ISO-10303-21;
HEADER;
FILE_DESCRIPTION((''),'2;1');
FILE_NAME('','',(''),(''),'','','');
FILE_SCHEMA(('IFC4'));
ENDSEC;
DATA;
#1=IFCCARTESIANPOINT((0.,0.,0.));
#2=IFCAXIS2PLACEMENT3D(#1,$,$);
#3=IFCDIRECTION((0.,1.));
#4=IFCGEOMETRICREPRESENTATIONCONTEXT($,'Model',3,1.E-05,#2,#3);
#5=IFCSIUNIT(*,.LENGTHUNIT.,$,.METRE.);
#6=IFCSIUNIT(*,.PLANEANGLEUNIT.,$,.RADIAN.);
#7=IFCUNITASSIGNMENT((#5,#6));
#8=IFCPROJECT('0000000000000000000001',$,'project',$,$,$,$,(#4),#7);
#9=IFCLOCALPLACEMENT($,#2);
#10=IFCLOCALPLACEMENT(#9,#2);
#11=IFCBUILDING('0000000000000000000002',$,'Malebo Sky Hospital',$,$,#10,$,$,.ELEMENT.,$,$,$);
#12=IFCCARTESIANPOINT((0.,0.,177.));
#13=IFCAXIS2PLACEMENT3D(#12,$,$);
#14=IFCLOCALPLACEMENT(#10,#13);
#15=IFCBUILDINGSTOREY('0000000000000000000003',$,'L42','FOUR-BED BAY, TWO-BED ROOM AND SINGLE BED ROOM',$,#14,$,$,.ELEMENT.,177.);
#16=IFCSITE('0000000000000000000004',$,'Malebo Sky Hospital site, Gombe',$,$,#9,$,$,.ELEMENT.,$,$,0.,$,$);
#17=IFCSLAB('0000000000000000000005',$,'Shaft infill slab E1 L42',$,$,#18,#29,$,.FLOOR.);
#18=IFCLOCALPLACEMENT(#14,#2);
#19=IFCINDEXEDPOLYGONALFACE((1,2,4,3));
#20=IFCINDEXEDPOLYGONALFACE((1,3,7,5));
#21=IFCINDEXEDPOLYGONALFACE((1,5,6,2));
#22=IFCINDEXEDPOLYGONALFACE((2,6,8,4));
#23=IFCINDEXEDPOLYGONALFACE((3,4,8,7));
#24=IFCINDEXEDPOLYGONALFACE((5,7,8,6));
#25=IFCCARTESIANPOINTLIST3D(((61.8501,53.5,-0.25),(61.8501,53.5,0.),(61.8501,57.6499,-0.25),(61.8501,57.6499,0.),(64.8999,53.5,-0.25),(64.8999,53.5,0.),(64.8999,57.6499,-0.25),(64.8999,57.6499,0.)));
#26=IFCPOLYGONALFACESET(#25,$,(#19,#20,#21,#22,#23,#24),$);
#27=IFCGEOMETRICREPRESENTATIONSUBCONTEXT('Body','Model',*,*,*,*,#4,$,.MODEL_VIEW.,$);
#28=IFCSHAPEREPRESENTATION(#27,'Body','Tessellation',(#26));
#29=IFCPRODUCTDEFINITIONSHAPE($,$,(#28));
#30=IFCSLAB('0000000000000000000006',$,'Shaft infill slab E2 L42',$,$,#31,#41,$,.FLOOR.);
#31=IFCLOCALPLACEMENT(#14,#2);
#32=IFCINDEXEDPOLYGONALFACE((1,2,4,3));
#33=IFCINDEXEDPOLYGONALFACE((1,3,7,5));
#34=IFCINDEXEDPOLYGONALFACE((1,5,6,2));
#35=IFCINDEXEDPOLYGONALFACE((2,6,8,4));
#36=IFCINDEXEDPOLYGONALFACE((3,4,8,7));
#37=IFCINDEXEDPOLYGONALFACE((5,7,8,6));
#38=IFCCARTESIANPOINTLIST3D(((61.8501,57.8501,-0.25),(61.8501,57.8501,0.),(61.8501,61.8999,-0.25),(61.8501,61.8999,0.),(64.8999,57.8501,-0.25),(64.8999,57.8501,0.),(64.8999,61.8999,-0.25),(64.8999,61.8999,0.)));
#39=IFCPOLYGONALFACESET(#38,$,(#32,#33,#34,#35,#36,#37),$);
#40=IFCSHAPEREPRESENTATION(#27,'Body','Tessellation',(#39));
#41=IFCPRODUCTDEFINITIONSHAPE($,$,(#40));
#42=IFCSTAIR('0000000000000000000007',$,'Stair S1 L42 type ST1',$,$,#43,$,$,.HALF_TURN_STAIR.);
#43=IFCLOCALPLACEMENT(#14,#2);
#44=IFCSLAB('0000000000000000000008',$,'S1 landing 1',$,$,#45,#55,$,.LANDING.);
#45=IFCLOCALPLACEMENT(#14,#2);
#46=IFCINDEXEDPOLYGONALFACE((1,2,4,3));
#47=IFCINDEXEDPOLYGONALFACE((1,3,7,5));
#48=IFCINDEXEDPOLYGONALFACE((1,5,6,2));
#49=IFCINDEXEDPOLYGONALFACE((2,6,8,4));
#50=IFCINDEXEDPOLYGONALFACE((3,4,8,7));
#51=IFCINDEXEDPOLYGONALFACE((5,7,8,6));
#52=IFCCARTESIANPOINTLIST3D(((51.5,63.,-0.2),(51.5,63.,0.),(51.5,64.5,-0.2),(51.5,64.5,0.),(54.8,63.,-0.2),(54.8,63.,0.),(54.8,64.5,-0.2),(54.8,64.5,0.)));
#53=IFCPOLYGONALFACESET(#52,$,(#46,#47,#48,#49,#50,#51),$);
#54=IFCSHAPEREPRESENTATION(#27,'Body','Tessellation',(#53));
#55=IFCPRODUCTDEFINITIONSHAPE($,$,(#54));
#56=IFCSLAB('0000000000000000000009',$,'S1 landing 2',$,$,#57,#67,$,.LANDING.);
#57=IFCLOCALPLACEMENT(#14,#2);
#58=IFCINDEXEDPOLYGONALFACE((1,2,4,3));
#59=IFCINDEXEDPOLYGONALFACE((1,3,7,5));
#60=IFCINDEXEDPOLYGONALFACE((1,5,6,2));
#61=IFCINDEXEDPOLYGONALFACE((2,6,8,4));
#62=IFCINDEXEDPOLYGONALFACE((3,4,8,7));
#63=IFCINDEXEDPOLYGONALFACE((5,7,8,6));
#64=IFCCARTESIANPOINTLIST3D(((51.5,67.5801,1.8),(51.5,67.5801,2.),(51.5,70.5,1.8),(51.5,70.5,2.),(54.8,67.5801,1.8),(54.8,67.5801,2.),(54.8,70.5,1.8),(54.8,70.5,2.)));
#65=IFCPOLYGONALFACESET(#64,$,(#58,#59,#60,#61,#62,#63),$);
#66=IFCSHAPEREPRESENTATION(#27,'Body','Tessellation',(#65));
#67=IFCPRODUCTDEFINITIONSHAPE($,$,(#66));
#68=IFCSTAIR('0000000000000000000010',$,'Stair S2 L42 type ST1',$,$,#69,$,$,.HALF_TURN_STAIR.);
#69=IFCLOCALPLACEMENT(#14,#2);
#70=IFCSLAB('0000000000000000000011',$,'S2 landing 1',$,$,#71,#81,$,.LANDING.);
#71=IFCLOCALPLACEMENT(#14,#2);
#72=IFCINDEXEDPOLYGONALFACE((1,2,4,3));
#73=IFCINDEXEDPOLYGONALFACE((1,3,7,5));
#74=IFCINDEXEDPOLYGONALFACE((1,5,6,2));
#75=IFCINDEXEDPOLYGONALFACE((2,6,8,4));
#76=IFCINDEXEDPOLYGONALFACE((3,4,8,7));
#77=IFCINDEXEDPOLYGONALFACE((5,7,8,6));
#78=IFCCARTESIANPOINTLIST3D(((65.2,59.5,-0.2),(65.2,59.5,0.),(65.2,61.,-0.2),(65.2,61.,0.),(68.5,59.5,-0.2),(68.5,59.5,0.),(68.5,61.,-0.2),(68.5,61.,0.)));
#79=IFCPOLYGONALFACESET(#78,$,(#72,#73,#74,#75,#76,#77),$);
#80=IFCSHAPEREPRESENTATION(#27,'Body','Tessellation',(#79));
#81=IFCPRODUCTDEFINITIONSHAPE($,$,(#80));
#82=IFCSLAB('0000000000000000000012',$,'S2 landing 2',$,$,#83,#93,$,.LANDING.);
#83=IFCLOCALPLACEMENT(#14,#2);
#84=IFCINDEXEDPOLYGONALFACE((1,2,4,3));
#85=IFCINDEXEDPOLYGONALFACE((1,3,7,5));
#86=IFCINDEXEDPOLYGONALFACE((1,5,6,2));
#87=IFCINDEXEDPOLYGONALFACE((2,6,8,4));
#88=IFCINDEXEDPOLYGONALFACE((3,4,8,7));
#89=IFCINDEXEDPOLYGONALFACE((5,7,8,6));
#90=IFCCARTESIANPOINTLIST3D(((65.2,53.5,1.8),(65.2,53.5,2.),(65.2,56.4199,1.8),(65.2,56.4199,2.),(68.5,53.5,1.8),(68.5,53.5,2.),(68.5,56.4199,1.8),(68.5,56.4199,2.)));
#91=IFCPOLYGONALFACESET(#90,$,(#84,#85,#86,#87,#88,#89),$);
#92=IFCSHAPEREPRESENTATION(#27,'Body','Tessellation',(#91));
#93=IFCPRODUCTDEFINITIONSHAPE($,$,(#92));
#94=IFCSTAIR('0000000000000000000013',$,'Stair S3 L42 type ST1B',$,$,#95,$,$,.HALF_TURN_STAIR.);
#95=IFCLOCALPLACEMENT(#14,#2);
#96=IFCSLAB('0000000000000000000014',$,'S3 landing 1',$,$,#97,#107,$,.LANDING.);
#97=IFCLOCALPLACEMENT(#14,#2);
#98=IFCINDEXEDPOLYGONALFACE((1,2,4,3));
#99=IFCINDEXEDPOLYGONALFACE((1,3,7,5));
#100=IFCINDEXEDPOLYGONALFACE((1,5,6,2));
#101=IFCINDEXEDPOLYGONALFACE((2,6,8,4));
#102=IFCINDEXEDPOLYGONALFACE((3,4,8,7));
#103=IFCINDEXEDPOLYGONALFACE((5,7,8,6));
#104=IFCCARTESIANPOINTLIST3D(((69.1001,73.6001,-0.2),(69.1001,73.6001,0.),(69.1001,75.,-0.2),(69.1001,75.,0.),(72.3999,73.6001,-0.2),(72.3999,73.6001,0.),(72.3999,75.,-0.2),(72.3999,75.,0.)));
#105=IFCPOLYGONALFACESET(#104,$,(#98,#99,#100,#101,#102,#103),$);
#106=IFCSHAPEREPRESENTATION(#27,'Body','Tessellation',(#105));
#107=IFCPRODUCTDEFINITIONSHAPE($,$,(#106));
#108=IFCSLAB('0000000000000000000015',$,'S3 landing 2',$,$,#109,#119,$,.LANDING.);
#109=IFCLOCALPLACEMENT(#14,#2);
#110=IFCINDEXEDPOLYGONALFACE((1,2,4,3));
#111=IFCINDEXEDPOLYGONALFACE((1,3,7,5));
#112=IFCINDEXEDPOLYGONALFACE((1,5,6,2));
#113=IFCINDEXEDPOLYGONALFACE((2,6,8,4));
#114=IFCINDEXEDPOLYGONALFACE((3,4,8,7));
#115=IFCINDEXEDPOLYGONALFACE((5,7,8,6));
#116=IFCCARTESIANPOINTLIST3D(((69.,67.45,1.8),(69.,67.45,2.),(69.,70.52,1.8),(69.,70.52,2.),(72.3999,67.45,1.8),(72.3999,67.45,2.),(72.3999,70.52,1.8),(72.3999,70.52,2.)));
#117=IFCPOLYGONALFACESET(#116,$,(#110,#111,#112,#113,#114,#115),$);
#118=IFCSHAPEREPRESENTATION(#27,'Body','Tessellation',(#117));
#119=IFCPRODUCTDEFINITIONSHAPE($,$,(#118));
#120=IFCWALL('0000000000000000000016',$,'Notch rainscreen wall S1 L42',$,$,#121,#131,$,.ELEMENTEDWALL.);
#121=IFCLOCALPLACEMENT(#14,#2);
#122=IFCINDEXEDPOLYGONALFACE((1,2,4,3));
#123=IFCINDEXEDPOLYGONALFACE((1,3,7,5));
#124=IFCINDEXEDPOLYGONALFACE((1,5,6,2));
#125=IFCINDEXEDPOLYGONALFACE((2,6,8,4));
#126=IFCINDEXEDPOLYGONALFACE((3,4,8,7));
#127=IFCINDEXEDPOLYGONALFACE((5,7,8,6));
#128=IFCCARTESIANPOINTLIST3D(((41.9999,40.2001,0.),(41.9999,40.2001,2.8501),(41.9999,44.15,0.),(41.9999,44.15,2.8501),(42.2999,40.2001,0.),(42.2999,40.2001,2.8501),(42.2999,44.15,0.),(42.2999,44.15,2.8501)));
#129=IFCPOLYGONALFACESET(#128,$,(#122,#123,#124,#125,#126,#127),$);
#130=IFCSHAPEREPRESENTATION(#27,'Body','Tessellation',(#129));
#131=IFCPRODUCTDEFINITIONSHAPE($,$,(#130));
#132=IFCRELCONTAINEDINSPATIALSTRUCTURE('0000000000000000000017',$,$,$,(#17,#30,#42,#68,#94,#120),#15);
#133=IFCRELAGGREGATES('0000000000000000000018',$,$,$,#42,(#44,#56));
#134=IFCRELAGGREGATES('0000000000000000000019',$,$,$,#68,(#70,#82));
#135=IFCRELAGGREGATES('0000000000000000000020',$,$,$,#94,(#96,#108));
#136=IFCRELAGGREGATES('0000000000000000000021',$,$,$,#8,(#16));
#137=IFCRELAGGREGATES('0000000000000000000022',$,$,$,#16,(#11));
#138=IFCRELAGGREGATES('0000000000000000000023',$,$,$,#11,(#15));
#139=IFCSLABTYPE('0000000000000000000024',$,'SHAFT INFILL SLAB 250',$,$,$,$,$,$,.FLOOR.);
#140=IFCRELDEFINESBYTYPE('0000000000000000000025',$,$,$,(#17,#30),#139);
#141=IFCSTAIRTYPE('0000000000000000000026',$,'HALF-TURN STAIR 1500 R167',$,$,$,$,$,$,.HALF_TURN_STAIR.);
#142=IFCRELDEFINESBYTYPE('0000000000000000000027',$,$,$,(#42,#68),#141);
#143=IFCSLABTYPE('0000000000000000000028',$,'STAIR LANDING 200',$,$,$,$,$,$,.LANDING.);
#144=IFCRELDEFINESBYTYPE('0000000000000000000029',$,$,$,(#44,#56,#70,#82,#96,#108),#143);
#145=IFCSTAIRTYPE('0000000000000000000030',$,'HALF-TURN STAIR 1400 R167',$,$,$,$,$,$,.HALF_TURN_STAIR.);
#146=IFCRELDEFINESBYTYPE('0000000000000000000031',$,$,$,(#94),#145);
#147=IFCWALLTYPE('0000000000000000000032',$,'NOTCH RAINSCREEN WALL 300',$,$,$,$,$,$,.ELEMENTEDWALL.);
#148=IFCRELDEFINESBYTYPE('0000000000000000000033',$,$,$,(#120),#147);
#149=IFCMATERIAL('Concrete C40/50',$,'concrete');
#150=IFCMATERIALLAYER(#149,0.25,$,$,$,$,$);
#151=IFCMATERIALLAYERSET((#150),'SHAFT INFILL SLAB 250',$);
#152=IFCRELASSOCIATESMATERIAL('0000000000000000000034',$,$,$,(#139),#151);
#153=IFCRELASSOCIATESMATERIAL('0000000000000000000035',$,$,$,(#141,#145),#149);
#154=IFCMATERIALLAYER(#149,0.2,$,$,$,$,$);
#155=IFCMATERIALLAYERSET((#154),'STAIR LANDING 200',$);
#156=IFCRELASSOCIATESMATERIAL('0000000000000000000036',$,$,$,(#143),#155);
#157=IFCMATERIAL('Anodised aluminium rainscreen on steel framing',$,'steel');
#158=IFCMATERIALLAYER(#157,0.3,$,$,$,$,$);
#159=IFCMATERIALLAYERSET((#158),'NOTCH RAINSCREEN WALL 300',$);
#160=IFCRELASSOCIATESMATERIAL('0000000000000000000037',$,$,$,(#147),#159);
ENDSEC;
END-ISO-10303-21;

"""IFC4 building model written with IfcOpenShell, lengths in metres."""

from ifc_helpers import new_model, si_unit, direction, frame, frame_2d, origin, place, context, subcontext, project, spatial, polyline, rectangle, outline, extrude, material, layer, layer_set, type_object, element, aggregate, save


model = new_model("IFC4")

# Units and contexts
model_context = context("Model", 3, precision=1e-05, world=origin(), true_north=direction((0.0, 1.0)))
body_context = subcontext(model_context, "Body", "Model", "MODEL_VIEW")
ifc_project = project(units=[si_unit("LENGTHUNIT", "METRE"), si_unit("PLANEANGLEUNIT", "RADIAN")], contexts=[model_context])

# Site, building, storey
site_placement = place(None, origin())
site = spatial("IfcSite", under=ifc_project, at=site_placement, Name="Malebo Sky Hospital site, Gombe", CompositionType="ELEMENT", RefElevation=0.0)
building_placement = place(site_placement, origin())
building = spatial("IfcBuilding", under=site, at=building_placement, Name="Malebo Sky Hospital", CompositionType="ELEMENT")
storey_placement = place(building_placement, frame((0.0, 0.0, 177.0)))
storey = spatial("IfcBuildingStorey", under=building, at=storey_placement, Name="L42", Description="FOUR-BED BAY, TWO-BED ROOM AND SINGLE BED ROOM", CompositionType="ELEMENT", Elevation=177.0)

# Slabs
ifc_material_1 = material(Name="Concrete C40/50", Category="concrete")
ifc_layer_1 = layer(ifc_material_1, 0.25)
ifc_layer_set_1 = layer_set([ifc_layer_1], Name="SHAFT INFILL SLAB 250")
slab_type_1 = type_object("IfcSlabType", Name="SHAFT INFILL SLAB 250", PredefinedType="FLOOR", material=ifc_layer_set_1)
slab_1_placement = place(storey_placement, frame((0.0, 0.0, -0.25)))
element("IfcSlab", 1, at=slab_1_placement, inside=storey, type_object=slab_type_1, Name="Shaft infill slab E1 L42", PredefinedType="FLOOR", context=body_context, shape_type="SweptSolid", body=[
    extrude(outline(polyline([(61.8501, 53.5), (64.8999, 53.5), (64.8999, 57.6499), (61.8501, 57.6499), (61.8501, 53.5)])), origin(), (0.0, 0.0, 1.0), 0.25),
])
slab_2_placement = place(storey_placement, frame((0.0, 0.0, -0.25)))
element("IfcSlab", 2, at=slab_2_placement, inside=storey, type_object=slab_type_1, Name="Shaft infill slab E2 L42", PredefinedType="FLOOR", context=body_context, shape_type="SweptSolid", body=[
    extrude(outline(polyline([(61.8501, 57.8501), (64.8999, 57.8501), (64.8999, 61.8999), (61.8501, 61.8999), (61.8501, 57.8501)])), origin(), (0.0, 0.0, 1.0), 0.25),
])

# Stairs, slabs
stair_type_1 = type_object("IfcStairType", Name="HALF-TURN STAIR 1500 R167", PredefinedType="HALF_TURN_STAIR", material=ifc_material_1)
stair_1_placement = place(storey_placement, origin())
stair_1 = element("IfcStair", 3, at=stair_1_placement, inside=storey, type_object=stair_type_1, Name="Stair S1 L42 type ST1", PredefinedType="HALF_TURN_STAIR")
ifc_layer_2 = layer(ifc_material_1, 0.2)
ifc_layer_set_2 = layer_set([ifc_layer_2], Name="STAIR LANDING 200")
slab_type_2 = type_object("IfcSlabType", Name="STAIR LANDING 200", PredefinedType="LANDING", material=ifc_layer_set_2)
slab_3_placement = place(storey_placement, frame((0.0, 0.0, -0.2)))
slab_3 = element("IfcSlab", 4, at=slab_3_placement, type_object=slab_type_2, Name="S1 landing 1", PredefinedType="LANDING", context=body_context, shape_type="SweptSolid", body=[
    extrude(outline(polyline([(51.5, 63.0), (54.8, 63.0), (54.8, 64.5), (51.5, 64.5), (51.5, 63.0)])), origin(), (0.0, 0.0, 1.0), 0.2),
])
slab_4_placement = place(storey_placement, frame((0.0, 0.0, 1.8)))
slab_4 = element("IfcSlab", 5, at=slab_4_placement, type_object=slab_type_2, Name="S1 landing 2", PredefinedType="LANDING", context=body_context, shape_type="SweptSolid", body=[
    extrude(outline(polyline([(51.5, 67.5801), (54.8, 67.5801), (54.8, 70.5), (51.5, 70.5), (51.5, 67.5801)])), origin(), (0.0, 0.0, 1.0), 0.2),
])
aggregate(stair_1, [slab_3, slab_4])
stair_2_placement = place(storey_placement, origin())
stair_2 = element("IfcStair", 6, at=stair_2_placement, inside=storey, type_object=stair_type_1, Name="Stair S2 L42 type ST1", PredefinedType="HALF_TURN_STAIR")
slab_5_placement = place(storey_placement, frame((0.0, 0.0, -0.2)))
slab_5 = element("IfcSlab", 7, at=slab_5_placement, type_object=slab_type_2, Name="S2 landing 1", PredefinedType="LANDING", context=body_context, shape_type="SweptSolid", body=[
    extrude(outline(polyline([(65.2, 59.5), (68.5, 59.5), (68.5, 61.0), (65.2, 61.0), (65.2, 59.5)])), origin(), (0.0, 0.0, 1.0), 0.2),
])
slab_6_placement = place(storey_placement, frame((0.0, 0.0, 1.8)))
slab_6 = element("IfcSlab", 8, at=slab_6_placement, type_object=slab_type_2, Name="S2 landing 2", PredefinedType="LANDING", context=body_context, shape_type="SweptSolid", body=[
    extrude(outline(polyline([(65.2, 53.5), (68.5, 53.5), (68.5, 56.4199), (65.2, 56.4199), (65.2, 53.5)])), origin(), (0.0, 0.0, 1.0), 0.2),
])
aggregate(stair_2, [slab_5, slab_6])
stair_type_2 = type_object("IfcStairType", Name="HALF-TURN STAIR 1400 R167", PredefinedType="HALF_TURN_STAIR", material=ifc_material_1)
stair_3_placement = place(storey_placement, origin())
stair_3 = element("IfcStair", 9, at=stair_3_placement, inside=storey, type_object=stair_type_2, Name="Stair S3 L42 type ST1B", PredefinedType="HALF_TURN_STAIR")
slab_7_placement = place(storey_placement, frame((0.0, 0.0, -0.2)))
slab_7 = element("IfcSlab", 10, at=slab_7_placement, type_object=slab_type_2, Name="S3 landing 1", PredefinedType="LANDING", context=body_context, shape_type="SweptSolid", body=[
    extrude(outline(polyline([(69.1001, 73.6001), (72.3999, 73.6001), (72.3999, 75.0), (69.1001, 75.0), (69.1001, 73.6001)])), origin(), (0.0, 0.0, 1.0), 0.2),
])
slab_8_placement = place(storey_placement, frame((0.0, 0.0, 1.8)))
slab_8 = element("IfcSlab", 11, at=slab_8_placement, type_object=slab_type_2, Name="S3 landing 2", PredefinedType="LANDING", context=body_context, shape_type="SweptSolid", body=[
    extrude(outline(polyline([(69.0, 67.45), (72.3999, 67.45), (72.3999, 70.52), (69.0, 70.52), (69.0, 67.45)])), origin(), (0.0, 0.0, 1.0), 0.2),
])
aggregate(stair_3, [slab_7, slab_8])

# Wall
ifc_material_2 = material(Name="Anodised aluminium rainscreen on steel framing", Category="steel")
ifc_layer_3 = layer(ifc_material_2, 0.3)
ifc_layer_set_3 = layer_set([ifc_layer_3], Name="NOTCH RAINSCREEN WALL 300")
wall_type = type_object("IfcWallType", Name="NOTCH RAINSCREEN WALL 300", PredefinedType="ELEMENTEDWALL", material=ifc_layer_set_3)
wall_placement = place(storey_placement, frame((42.1499, 40.2, 0.0), z_axis=(0.0, 0.0, 1.0), x_axis=(0.0, 1.0, 0.0)))
element("IfcWall", 12, at=wall_placement, inside=storey, type_object=wall_type, Name="Notch rainscreen wall S1 L42", PredefinedType="ELEMENTEDWALL", context=body_context, shape_type="SweptSolid", body=[
    extrude(rectangle(XDim=3.95, YDim=0.3, at=frame_2d((1.9751, 0.0))), origin(), (0.0, 0.0, 1.0), 2.8501),
])

save(model, "model.ifc")
